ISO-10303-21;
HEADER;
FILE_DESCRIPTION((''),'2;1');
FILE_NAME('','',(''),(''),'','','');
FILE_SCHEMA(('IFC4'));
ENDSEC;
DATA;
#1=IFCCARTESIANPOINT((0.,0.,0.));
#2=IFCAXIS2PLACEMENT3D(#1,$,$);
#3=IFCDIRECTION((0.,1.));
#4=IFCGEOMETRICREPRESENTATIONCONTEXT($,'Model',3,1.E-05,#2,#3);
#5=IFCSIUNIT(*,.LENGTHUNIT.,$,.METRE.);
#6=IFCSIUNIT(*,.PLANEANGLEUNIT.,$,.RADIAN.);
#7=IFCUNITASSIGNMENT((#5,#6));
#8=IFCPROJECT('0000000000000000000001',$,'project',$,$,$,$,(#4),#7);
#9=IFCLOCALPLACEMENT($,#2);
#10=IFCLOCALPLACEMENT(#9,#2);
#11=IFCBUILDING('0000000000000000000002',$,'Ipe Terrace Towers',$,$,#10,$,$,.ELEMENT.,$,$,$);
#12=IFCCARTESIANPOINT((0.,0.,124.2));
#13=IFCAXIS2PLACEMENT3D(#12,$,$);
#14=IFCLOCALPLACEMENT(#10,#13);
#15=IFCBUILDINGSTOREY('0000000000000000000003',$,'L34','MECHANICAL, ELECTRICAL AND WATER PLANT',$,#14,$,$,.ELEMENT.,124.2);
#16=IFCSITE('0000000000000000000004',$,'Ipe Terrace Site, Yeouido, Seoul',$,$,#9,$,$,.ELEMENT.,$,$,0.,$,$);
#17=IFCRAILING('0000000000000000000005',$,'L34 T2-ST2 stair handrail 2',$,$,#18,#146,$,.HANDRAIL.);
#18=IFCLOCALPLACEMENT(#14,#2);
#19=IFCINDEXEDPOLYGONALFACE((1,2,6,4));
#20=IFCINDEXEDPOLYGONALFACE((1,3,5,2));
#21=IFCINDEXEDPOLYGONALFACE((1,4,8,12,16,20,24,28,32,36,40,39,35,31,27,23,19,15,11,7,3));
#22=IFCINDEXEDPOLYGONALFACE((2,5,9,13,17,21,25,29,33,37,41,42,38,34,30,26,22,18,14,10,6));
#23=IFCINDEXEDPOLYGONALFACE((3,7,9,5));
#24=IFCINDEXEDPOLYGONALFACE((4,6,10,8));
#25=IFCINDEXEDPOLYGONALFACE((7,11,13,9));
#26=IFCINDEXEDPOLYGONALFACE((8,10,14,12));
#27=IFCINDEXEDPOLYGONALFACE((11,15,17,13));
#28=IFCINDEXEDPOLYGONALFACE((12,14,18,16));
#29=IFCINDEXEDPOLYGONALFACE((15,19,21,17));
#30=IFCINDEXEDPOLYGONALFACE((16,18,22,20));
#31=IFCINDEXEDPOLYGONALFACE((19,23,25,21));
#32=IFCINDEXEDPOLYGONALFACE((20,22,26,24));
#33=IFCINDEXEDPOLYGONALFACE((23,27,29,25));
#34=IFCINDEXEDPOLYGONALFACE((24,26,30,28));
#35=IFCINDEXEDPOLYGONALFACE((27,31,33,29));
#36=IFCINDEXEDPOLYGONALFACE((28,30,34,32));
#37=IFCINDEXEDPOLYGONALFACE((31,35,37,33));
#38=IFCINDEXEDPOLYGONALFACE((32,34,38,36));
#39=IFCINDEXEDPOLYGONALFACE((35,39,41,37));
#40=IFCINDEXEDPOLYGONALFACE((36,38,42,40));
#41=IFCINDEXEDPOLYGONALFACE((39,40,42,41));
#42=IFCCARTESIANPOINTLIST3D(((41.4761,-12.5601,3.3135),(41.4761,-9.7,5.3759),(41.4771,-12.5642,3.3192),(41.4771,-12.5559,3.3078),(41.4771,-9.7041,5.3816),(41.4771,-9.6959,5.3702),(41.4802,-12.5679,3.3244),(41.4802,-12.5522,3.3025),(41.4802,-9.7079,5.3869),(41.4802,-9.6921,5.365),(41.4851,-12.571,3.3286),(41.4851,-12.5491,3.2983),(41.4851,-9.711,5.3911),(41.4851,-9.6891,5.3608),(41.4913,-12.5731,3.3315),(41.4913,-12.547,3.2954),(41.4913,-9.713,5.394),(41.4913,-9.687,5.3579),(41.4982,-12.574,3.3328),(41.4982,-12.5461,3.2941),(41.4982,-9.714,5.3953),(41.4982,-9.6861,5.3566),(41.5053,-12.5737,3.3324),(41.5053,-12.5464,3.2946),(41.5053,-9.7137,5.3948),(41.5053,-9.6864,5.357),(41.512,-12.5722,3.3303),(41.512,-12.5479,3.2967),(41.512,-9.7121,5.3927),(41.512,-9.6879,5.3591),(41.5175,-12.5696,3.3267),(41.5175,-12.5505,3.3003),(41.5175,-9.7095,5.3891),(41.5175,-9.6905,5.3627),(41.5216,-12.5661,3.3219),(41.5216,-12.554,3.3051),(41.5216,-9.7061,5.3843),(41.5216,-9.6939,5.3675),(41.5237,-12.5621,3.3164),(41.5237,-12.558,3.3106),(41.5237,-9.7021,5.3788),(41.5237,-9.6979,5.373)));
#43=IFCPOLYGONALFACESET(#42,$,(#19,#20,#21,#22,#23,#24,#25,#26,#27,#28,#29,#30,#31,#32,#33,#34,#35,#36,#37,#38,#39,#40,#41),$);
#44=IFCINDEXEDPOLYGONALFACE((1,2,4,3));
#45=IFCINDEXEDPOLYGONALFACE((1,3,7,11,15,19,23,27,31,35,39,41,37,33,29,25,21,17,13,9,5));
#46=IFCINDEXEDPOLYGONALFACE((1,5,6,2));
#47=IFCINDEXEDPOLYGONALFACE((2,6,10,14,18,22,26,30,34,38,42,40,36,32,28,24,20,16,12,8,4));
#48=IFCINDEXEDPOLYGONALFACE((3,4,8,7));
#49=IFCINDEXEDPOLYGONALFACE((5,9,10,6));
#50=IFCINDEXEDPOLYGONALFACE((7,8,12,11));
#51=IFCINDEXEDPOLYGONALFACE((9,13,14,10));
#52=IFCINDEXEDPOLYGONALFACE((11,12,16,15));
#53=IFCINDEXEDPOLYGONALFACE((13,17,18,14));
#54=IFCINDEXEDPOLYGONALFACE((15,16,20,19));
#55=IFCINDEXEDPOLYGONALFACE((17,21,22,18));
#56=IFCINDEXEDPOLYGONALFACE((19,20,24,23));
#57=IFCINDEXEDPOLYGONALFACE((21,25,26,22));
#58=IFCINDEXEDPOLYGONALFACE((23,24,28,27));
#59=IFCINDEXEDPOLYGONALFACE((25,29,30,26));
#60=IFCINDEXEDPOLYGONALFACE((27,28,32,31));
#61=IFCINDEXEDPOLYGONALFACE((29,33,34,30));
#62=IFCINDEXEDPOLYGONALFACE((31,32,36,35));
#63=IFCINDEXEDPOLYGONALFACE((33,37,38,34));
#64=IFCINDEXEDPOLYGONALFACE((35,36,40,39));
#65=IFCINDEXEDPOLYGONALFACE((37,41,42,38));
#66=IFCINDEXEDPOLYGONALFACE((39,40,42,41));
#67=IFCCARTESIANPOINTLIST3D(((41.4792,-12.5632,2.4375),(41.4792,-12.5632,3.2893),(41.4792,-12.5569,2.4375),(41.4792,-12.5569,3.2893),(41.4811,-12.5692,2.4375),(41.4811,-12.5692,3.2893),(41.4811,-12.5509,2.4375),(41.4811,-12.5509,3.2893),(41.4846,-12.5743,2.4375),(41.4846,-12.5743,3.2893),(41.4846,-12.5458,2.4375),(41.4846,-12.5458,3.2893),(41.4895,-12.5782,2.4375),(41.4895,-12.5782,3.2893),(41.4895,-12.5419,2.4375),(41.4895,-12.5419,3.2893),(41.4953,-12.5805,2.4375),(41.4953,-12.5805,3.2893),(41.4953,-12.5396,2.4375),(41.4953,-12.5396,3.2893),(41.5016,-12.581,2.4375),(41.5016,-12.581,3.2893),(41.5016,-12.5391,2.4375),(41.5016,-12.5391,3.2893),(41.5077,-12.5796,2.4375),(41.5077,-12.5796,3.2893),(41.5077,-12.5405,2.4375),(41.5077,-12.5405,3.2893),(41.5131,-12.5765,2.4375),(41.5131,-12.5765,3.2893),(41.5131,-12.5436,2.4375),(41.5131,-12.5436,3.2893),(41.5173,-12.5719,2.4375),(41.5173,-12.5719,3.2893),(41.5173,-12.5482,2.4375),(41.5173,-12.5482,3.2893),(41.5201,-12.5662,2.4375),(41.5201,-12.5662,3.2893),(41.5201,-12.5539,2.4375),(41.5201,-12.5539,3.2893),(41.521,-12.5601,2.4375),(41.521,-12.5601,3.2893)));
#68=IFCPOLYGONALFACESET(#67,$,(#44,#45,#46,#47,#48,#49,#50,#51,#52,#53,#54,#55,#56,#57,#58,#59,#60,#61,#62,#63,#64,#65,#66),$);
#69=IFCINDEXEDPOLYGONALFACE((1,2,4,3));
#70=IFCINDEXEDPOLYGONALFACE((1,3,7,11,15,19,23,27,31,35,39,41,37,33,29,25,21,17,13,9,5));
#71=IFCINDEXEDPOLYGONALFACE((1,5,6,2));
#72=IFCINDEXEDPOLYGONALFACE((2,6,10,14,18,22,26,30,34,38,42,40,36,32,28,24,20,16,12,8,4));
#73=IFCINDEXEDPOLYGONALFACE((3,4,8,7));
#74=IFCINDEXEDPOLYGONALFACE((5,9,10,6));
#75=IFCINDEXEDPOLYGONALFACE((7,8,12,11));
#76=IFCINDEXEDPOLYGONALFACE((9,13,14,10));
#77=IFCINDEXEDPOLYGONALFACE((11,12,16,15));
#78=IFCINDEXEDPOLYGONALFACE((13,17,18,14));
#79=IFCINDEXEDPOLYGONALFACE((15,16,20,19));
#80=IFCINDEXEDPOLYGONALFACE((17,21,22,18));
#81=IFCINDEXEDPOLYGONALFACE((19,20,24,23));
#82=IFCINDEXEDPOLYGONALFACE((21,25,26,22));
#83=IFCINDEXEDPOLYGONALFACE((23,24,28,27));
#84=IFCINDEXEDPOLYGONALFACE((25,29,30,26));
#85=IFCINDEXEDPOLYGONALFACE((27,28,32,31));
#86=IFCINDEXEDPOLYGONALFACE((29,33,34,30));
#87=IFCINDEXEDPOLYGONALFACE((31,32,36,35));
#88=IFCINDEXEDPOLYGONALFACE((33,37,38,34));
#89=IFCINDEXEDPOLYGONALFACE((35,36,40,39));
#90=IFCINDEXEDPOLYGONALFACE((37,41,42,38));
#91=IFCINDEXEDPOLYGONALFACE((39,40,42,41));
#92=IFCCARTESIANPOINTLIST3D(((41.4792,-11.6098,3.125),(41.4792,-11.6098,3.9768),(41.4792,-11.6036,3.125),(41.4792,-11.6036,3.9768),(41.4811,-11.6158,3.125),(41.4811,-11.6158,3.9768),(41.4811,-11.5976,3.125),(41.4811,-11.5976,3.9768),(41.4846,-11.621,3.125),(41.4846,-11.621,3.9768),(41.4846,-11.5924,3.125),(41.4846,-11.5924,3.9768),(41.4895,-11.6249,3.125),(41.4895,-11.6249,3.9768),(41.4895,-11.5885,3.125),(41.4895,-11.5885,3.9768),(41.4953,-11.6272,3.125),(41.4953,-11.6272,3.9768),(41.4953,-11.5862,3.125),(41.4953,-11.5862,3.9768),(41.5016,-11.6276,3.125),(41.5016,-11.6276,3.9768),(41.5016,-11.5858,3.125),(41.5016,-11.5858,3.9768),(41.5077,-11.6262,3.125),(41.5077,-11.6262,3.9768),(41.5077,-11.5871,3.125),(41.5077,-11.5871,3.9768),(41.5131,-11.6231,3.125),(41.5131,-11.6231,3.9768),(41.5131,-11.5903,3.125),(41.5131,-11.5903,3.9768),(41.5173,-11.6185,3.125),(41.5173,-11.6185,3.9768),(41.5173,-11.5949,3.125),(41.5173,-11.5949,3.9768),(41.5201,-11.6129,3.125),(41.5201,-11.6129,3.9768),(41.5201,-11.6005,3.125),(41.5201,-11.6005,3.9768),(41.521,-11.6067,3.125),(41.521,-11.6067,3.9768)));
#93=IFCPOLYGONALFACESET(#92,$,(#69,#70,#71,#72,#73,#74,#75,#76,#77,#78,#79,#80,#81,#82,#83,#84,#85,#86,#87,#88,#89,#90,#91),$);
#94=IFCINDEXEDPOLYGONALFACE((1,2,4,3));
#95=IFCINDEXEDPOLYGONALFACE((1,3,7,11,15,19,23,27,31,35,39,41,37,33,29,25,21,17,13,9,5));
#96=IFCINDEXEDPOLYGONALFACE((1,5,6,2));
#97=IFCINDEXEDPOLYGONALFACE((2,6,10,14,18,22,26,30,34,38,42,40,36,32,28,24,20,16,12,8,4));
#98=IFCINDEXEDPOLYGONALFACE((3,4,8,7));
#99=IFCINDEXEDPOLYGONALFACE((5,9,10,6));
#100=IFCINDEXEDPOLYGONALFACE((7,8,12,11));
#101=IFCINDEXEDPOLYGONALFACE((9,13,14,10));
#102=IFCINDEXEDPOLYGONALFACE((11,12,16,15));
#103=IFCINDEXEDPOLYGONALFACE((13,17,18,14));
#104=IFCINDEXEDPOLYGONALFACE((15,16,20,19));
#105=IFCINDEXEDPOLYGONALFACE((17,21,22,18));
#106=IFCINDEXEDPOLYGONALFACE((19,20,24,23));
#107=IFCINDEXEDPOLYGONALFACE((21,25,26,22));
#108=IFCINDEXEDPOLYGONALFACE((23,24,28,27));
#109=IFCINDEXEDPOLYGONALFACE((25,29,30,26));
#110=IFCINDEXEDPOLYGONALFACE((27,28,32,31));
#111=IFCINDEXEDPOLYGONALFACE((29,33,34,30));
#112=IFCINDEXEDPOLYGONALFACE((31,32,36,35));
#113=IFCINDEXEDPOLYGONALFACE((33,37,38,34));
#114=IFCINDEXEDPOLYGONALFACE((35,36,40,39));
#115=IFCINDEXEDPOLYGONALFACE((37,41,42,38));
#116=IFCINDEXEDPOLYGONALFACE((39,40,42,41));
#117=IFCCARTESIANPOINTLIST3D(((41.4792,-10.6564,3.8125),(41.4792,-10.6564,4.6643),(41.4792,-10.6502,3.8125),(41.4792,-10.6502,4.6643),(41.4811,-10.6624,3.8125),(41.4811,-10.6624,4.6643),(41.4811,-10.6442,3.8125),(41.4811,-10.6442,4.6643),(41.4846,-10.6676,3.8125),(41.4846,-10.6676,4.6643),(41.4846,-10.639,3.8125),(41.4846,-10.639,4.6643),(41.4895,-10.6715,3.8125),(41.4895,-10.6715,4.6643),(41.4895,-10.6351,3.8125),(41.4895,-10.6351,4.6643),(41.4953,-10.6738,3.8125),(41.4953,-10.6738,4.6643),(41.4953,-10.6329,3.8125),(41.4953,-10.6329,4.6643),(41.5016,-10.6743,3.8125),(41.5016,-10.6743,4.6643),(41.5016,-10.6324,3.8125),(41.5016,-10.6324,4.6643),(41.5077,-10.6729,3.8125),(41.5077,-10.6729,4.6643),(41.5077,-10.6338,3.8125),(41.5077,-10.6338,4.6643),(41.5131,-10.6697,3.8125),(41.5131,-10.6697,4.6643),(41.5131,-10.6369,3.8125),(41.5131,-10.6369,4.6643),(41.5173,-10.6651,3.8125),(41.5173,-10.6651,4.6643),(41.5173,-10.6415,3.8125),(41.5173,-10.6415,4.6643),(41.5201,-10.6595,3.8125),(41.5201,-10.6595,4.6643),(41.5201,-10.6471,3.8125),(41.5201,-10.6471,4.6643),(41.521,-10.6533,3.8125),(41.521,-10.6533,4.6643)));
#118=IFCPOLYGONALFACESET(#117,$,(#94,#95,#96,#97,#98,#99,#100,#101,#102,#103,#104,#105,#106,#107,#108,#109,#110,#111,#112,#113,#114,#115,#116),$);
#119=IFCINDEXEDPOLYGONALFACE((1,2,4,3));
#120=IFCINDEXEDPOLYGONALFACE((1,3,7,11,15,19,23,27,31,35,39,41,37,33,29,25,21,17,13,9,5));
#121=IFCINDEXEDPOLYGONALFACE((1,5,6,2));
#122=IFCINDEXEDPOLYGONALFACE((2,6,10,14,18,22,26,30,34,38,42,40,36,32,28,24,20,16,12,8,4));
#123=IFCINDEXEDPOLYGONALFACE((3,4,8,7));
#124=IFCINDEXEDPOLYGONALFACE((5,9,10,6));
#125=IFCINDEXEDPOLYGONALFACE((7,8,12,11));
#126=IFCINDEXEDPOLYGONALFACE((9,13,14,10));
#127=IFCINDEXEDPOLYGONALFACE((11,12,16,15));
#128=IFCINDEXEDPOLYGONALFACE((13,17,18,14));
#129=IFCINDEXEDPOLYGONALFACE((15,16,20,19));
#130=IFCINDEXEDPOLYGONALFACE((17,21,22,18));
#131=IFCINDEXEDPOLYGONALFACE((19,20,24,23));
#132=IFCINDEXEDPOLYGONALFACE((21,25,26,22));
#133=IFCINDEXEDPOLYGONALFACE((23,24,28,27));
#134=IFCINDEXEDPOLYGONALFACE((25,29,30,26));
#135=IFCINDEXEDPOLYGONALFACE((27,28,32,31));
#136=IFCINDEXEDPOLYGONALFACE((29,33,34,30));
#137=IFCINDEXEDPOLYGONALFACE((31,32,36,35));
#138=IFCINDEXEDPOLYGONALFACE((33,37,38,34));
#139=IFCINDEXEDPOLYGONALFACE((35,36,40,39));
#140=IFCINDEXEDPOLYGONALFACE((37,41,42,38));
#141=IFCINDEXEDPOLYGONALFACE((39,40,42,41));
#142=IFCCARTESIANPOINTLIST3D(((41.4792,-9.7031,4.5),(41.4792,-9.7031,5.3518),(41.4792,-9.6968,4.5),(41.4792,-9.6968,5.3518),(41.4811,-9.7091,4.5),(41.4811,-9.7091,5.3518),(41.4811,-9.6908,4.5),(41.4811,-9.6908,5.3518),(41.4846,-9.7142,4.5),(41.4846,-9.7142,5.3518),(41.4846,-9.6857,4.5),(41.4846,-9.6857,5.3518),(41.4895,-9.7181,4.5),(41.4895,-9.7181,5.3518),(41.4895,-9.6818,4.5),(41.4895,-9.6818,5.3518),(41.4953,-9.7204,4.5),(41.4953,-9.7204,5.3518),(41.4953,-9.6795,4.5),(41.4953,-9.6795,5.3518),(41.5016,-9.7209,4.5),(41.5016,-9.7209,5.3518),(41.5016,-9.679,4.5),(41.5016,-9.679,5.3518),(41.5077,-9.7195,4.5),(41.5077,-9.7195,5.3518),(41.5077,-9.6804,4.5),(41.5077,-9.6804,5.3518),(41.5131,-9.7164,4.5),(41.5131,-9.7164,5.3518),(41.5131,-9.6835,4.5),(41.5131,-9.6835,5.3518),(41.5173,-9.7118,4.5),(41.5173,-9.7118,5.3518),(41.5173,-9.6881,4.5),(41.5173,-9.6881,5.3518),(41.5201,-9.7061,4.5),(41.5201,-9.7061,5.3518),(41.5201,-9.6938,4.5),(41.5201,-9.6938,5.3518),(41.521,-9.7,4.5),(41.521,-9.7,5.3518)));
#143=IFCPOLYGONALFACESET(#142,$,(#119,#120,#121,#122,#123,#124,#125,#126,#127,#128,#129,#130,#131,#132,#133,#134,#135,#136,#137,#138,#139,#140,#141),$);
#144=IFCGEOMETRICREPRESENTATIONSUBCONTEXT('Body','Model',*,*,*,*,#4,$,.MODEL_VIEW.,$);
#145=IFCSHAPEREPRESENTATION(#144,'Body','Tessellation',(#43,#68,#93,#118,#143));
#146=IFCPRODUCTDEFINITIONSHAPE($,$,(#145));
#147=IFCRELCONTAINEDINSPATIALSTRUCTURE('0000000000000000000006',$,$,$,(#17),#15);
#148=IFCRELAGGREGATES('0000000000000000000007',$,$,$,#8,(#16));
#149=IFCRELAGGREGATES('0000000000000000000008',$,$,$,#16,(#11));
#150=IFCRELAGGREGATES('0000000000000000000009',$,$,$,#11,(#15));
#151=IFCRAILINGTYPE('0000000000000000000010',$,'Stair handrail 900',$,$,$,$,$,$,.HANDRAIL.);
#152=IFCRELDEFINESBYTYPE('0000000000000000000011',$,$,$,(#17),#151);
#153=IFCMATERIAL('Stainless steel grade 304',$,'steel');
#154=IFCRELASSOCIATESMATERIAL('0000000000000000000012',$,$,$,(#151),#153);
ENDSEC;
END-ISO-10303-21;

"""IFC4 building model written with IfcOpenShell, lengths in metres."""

from ifc_helpers import new_model, si_unit, direction, frame, origin, origin_2d, place, context, subcontext, project, spatial, circle, extrude, material, type_object, element, save


model = new_model("IFC4")

# Units and contexts
model_context = context("Model", 3, precision=1e-05, world=origin(), true_north=direction((0.0, 1.0)))
body_context = subcontext(model_context, "Body", "Model", "MODEL_VIEW")
ifc_project = project(units=[si_unit("LENGTHUNIT", "METRE"), si_unit("PLANEANGLEUNIT", "RADIAN")], contexts=[model_context])

# Site, building, storey
site_placement = place(None, origin())
site = spatial("IfcSite", under=ifc_project, at=site_placement, Name="Ipe Terrace Site, Yeouido, Seoul", CompositionType="ELEMENT", RefElevation=0.0)
building_placement = place(site_placement, origin())
building = spatial("IfcBuilding", under=site, at=building_placement, Name="Ipe Terrace Towers", CompositionType="ELEMENT")
storey_placement = place(building_placement, frame((0.0, 0.0, 124.2)))
storey = spatial("IfcBuildingStorey", under=building, at=storey_placement, Name="L34", Description="MECHANICAL, ELECTRICAL AND WATER PLANT", CompositionType="ELEMENT", Elevation=124.2)

# Railing
ifc_material_1 = material(Name="Stainless steel grade 304", Category="steel")
railing_type_1 = type_object("IfcRailingType", Name="Stair handrail 900", PredefinedType="HANDRAIL", material=ifc_material_1)
railing_1_placement = place(storey_placement, frame((41.5, -12.5601, 2.4375)))
element("IfcRailing", 1, at=railing_1_placement, inside=storey, type_object=railing_type_1, Name="L34 T2-ST2 stair handrail 2", PredefinedType="HANDRAIL", context=body_context, shape_type="SweptSolid", body=[
    extrude(circle(Radius=0.0239, at=origin_2d()), frame((0.0, 0.0, 0.876), z_axis=(0.0, 0.811101, 0.584906), x_axis=(-1.0, 0.0, 0.0)), (0.0, 0.0, 1.0), 3.5261),
    extrude(circle(Radius=0.021, at=origin_2d()), origin(), (0.0, 0.0, 1.0), 0.8518),
    extrude(circle(Radius=0.021, at=origin_2d()), frame((0.0, 0.9534, 0.6875)), (0.0, 0.0, 1.0), 0.8518),
    extrude(circle(Radius=0.021, at=origin_2d()), frame((0.0, 1.9067, 1.375)), (0.0, 0.0, 1.0), 0.8518),
    extrude(circle(Radius=0.021, at=origin_2d()), frame((0.0, 2.8601, 2.0625)), (0.0, 0.0, 1.0), 0.8518),
])

save(model, "model.ifc")
